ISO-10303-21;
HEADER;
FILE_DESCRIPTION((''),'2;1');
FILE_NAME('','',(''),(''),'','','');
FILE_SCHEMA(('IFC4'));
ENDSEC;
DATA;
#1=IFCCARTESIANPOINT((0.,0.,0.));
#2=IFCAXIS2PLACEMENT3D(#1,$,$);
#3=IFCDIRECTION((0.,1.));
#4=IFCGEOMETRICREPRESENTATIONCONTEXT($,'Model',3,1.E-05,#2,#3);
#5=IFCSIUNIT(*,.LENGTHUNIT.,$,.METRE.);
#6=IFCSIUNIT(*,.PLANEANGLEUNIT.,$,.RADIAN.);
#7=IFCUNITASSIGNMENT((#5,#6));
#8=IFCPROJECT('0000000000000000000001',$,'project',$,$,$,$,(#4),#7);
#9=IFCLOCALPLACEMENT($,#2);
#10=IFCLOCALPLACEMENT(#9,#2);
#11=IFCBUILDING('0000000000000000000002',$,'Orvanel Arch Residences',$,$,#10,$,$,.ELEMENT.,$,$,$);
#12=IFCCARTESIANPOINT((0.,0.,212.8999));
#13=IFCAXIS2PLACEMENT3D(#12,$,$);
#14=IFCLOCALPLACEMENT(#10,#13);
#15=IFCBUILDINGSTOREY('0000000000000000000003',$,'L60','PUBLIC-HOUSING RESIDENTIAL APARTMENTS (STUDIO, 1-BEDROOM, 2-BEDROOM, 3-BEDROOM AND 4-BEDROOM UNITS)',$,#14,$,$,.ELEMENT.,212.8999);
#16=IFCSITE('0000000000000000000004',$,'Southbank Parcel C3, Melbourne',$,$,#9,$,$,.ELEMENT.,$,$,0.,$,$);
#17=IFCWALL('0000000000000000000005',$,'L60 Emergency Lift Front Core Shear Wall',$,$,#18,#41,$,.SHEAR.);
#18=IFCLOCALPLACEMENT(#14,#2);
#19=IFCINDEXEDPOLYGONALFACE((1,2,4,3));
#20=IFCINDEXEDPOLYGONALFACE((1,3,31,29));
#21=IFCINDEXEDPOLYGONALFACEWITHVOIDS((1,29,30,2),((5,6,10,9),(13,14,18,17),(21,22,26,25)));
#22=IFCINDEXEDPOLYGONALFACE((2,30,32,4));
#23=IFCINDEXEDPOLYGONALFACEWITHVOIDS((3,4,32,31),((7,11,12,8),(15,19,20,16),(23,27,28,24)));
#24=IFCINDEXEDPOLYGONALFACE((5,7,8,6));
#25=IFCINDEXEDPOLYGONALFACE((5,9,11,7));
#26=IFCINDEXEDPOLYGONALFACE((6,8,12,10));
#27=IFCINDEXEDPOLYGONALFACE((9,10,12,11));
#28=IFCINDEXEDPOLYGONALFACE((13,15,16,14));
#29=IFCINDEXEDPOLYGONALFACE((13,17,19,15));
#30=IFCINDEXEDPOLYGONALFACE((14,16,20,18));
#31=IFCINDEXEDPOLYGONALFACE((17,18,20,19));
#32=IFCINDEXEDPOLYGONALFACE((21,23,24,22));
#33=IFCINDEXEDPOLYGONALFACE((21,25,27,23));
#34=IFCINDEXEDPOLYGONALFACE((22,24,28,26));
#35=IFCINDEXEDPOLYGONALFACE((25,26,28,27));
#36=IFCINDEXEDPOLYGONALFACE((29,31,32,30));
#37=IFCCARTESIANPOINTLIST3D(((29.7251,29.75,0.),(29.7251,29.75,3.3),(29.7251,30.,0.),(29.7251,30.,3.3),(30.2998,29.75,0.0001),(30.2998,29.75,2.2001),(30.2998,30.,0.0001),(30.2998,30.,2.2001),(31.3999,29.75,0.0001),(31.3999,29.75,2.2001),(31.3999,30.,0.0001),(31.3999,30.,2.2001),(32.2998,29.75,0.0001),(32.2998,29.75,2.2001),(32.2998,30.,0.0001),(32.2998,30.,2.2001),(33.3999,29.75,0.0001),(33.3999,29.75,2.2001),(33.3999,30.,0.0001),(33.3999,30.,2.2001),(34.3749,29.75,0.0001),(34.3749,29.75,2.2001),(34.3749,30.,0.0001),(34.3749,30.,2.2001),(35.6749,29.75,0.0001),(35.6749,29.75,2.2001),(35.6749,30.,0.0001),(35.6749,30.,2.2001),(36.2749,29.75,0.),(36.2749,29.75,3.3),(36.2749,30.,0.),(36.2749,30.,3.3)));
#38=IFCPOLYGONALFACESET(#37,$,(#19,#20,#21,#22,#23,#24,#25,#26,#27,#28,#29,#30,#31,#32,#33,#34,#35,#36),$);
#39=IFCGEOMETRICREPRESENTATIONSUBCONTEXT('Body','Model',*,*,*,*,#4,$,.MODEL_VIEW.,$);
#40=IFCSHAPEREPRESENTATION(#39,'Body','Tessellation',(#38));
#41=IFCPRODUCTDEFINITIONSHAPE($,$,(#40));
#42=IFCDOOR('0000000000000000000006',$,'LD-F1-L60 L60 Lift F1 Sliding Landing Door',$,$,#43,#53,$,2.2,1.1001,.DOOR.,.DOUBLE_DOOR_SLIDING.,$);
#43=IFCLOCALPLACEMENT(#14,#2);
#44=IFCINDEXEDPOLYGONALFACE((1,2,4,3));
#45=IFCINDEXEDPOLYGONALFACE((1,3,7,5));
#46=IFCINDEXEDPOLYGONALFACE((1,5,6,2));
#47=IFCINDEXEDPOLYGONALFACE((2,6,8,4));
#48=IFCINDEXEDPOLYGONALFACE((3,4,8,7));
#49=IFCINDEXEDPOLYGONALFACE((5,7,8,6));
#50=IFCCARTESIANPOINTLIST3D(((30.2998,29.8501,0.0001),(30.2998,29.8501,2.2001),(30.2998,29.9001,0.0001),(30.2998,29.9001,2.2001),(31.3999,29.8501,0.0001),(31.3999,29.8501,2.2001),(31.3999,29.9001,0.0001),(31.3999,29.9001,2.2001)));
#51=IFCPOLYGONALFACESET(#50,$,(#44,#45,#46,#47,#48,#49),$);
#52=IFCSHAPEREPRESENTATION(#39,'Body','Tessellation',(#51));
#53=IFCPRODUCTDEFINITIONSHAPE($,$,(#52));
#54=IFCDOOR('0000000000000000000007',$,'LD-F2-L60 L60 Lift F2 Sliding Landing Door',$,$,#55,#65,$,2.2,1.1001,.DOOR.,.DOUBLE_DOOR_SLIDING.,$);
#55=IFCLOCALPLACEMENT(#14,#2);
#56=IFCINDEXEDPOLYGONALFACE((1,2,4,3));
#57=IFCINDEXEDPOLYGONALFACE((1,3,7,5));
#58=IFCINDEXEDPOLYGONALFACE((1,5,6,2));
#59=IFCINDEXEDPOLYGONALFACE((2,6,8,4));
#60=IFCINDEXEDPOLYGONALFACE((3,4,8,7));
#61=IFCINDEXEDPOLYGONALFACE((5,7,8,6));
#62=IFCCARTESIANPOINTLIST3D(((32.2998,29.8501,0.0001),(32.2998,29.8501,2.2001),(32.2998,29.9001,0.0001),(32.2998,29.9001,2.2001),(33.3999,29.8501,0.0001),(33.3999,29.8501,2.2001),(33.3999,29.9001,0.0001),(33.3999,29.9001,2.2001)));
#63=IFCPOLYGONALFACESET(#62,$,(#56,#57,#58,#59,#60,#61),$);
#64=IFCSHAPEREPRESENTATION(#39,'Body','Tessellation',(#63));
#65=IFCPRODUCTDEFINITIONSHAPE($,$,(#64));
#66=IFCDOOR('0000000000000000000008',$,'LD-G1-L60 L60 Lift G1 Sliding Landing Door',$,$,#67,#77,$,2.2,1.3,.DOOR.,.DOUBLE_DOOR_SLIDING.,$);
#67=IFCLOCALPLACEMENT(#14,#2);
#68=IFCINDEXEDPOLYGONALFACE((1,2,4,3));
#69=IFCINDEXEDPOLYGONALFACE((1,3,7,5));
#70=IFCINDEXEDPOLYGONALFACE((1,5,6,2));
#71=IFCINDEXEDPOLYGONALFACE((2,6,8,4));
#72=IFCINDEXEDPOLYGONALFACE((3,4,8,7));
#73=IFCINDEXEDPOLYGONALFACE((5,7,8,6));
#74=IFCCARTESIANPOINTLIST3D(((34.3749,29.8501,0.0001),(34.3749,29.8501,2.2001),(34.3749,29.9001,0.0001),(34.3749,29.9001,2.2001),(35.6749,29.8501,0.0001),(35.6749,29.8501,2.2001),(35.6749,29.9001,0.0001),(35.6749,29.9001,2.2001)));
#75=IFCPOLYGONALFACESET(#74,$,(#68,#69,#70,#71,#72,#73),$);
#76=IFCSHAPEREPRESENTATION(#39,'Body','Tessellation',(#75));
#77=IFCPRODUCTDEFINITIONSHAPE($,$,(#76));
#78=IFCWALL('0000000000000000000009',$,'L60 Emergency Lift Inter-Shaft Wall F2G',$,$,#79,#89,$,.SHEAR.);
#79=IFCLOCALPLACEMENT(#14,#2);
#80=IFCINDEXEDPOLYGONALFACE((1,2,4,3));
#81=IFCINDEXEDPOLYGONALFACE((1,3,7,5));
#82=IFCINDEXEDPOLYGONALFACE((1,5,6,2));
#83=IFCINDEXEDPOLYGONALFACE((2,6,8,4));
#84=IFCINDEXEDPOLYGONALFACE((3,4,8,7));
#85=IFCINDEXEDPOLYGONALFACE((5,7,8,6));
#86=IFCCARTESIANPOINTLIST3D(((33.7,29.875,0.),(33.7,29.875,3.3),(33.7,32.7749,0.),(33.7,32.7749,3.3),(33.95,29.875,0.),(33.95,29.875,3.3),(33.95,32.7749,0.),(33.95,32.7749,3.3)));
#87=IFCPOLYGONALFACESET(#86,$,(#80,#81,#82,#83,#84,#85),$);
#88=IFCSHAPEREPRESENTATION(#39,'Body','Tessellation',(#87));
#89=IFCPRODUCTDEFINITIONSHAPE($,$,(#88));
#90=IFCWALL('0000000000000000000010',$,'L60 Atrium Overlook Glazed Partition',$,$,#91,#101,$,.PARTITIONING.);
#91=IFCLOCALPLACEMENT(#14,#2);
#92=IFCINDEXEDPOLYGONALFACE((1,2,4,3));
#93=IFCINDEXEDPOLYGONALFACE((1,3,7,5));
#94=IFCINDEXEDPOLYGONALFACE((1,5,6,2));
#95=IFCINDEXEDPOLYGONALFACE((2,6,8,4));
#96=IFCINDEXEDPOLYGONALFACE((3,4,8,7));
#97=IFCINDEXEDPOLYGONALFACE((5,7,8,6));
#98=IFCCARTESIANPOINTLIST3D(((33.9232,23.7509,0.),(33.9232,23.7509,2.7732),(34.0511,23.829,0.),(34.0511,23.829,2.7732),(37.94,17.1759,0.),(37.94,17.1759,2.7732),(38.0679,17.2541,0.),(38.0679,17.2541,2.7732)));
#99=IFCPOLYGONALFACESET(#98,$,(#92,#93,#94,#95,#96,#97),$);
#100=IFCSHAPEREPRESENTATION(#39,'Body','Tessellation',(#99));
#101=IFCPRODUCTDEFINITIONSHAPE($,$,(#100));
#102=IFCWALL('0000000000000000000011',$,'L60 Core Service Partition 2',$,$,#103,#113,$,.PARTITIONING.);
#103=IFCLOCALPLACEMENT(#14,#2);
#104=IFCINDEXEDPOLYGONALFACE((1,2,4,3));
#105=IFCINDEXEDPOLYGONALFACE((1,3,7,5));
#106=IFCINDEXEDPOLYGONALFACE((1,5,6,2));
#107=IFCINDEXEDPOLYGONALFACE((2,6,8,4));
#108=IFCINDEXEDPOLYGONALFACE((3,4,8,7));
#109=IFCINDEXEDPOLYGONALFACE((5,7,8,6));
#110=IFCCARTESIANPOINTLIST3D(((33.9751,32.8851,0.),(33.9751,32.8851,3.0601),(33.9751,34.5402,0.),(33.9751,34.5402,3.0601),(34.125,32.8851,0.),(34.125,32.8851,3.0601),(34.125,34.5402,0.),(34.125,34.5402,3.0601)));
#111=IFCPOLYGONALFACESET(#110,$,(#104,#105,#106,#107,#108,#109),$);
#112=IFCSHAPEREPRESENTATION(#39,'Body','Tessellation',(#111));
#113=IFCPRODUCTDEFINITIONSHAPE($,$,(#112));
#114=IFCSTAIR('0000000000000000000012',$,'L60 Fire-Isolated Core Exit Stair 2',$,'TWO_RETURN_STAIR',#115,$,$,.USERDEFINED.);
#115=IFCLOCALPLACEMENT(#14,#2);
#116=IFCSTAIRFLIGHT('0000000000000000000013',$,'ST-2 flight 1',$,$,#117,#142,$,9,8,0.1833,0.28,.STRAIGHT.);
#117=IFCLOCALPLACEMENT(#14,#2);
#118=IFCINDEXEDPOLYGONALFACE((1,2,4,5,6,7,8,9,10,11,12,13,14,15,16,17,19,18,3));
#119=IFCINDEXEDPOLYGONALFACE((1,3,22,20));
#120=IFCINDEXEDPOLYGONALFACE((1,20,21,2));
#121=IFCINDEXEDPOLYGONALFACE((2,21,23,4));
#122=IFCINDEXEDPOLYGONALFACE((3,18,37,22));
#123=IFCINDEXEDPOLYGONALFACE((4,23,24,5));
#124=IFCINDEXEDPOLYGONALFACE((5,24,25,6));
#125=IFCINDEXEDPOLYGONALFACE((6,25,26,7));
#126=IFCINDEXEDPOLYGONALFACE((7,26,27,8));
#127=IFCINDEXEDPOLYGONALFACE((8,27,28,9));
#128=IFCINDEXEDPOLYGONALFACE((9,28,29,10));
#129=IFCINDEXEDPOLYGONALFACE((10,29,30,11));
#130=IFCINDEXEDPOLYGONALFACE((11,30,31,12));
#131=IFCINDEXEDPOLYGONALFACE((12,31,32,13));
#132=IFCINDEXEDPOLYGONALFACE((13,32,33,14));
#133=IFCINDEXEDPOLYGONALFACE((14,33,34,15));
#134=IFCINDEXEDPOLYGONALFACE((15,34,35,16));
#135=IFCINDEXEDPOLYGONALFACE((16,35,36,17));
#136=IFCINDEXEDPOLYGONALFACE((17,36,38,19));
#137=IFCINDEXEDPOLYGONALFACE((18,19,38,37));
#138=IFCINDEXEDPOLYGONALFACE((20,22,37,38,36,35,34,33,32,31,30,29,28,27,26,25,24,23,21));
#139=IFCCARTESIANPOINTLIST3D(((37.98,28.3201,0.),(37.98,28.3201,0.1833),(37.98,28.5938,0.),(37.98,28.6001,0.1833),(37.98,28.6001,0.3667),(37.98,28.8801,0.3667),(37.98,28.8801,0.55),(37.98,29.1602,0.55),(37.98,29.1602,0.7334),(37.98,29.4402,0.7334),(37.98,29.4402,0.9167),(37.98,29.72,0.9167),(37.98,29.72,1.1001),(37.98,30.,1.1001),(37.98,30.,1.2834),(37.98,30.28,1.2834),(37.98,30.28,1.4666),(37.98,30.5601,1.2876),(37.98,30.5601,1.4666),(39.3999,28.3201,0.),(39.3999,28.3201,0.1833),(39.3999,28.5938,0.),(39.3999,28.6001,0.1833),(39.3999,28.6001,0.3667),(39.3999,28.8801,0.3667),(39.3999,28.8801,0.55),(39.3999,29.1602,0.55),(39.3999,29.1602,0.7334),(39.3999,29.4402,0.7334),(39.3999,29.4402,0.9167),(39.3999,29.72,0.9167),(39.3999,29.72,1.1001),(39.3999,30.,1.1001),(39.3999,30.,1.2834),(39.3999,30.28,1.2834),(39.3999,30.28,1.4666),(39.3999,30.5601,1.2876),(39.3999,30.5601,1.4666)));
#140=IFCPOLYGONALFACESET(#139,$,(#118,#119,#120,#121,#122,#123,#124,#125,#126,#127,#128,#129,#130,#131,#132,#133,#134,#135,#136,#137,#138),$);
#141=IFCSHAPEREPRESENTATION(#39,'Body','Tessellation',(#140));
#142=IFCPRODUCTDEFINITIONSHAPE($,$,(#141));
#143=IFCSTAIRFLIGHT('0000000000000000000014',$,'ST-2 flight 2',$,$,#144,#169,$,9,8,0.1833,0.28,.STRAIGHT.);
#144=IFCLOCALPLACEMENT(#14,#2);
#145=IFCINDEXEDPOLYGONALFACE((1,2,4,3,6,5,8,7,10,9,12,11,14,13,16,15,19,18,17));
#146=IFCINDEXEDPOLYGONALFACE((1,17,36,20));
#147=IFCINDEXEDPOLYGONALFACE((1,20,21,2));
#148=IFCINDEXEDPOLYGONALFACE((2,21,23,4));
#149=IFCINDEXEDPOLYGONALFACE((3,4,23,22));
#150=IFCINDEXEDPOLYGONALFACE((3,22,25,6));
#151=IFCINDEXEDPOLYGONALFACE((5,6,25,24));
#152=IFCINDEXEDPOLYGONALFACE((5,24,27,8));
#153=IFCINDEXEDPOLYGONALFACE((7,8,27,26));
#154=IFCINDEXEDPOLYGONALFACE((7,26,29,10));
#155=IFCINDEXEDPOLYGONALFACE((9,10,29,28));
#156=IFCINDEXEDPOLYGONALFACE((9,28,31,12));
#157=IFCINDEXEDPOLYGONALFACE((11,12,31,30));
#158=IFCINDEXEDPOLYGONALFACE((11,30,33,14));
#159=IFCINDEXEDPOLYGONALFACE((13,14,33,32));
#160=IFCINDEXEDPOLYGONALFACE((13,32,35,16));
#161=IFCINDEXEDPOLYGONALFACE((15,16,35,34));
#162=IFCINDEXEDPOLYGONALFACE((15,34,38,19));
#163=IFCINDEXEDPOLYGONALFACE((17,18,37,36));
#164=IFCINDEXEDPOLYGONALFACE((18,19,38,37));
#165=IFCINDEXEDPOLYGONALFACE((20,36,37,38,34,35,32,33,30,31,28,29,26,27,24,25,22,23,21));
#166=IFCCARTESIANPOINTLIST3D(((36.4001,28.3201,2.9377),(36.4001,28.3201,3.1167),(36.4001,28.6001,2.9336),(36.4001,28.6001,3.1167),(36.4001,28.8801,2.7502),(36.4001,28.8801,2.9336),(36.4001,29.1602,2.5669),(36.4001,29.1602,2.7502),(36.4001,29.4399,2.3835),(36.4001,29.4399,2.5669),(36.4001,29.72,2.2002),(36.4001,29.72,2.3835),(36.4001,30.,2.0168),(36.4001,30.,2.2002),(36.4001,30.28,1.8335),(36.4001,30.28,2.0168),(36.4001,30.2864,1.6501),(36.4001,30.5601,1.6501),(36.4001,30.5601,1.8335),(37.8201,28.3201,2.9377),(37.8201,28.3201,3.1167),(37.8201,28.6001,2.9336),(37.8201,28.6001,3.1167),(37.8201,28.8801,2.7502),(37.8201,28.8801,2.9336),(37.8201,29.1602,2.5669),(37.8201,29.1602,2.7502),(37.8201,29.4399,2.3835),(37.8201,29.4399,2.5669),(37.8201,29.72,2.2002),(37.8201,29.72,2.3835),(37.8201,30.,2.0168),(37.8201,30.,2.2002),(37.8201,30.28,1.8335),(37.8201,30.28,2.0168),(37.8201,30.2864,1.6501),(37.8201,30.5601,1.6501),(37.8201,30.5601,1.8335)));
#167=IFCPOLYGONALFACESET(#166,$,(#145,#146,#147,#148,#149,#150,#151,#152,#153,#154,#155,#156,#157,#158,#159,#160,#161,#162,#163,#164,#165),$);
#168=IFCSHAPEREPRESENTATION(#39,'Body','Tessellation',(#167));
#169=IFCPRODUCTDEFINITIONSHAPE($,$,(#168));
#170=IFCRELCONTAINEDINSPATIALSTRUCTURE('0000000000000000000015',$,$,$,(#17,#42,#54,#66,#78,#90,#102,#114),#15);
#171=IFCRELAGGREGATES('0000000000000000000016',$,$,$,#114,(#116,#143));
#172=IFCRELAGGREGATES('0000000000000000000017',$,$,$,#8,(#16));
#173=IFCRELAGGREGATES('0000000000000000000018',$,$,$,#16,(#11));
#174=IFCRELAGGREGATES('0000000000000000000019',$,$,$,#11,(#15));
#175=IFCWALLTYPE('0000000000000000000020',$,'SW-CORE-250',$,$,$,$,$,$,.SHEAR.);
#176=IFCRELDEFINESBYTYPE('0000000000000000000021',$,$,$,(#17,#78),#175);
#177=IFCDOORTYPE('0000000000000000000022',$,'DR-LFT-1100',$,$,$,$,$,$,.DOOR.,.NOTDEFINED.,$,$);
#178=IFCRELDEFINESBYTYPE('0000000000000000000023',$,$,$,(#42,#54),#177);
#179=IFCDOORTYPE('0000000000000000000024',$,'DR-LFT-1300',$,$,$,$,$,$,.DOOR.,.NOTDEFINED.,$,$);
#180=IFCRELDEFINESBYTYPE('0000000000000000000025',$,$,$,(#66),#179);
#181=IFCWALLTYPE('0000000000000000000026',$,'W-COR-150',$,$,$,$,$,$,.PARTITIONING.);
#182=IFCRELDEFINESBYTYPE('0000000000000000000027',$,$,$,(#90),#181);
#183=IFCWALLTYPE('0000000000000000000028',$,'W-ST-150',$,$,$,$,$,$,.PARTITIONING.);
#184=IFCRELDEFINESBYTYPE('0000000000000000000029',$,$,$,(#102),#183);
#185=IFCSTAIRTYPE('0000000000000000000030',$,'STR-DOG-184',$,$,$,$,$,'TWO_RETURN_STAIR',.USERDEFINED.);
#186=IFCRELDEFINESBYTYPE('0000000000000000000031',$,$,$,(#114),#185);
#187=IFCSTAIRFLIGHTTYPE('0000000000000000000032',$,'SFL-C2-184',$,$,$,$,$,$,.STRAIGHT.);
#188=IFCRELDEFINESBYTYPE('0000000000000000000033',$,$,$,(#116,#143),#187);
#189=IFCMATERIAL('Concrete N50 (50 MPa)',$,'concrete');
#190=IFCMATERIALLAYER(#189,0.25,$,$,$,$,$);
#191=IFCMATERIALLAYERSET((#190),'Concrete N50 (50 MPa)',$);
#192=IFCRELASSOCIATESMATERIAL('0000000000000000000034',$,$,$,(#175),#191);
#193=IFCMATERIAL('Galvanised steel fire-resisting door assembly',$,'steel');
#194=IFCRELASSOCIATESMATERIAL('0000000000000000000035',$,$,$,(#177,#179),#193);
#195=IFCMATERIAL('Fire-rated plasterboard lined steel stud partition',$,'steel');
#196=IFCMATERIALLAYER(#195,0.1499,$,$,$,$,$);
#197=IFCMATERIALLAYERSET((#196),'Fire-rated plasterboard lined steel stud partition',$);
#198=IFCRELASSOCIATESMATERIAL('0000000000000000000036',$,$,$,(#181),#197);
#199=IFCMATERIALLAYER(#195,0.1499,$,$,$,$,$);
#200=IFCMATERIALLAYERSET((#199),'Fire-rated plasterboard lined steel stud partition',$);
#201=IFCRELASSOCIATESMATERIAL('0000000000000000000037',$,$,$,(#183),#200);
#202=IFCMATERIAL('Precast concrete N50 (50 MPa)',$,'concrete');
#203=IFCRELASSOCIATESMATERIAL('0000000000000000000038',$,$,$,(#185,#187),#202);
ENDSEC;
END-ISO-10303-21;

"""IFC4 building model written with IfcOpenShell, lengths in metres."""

from ifc_helpers import new_model, si_unit, direction, frame, frame_2d, origin, place, context, subcontext, project, spatial, polyline, rectangle, outline, extrude, material, layer, layer_set, type_object, element, fill, aggregate, save


model = new_model("IFC4")

# Units and contexts
model_context = context("Model", 3, precision=1e-05, world=origin(), true_north=direction((0.0, 1.0)))
body_context = subcontext(model_context, "Body", "Model", "MODEL_VIEW")
ifc_project = project(units=[si_unit("LENGTHUNIT", "METRE"), si_unit("PLANEANGLEUNIT", "RADIAN")], contexts=[model_context])

# Site, building, storey
site_placement = place(None, origin())
site = spatial("IfcSite", under=ifc_project, at=site_placement, Name="Southbank Parcel C3, Melbourne", CompositionType="ELEMENT", RefElevation=0.0)
building_placement = place(site_placement, origin())
building = spatial("IfcBuilding", under=site, at=building_placement, Name="Orvanel Arch Residences", CompositionType="ELEMENT")
storey_placement = place(building_placement, frame((0.0, 0.0, 212.8999)))
storey = spatial("IfcBuildingStorey", under=building, at=storey_placement, Name="L60", Description="PUBLIC-HOUSING RESIDENTIAL APARTMENTS (STUDIO, 1-BEDROOM, 2-BEDROOM, 3-BEDROOM AND 4-BEDROOM UNITS)", CompositionType="ELEMENT", Elevation=212.8999)

# Shared definitions
ifc_material_1 = material(Name="Concrete N50 (50 MPa)", Category="concrete")
ifc_layer_1 = layer(ifc_material_1, 0.25)
ifc_layer_set_1 = layer_set([ifc_layer_1], Name="Concrete N50 (50 MPa)")
wall_type_1 = type_object("IfcWallType", Name="SW-CORE-250", PredefinedType="SHEAR", material=ifc_layer_set_1)
ifc_material_2 = material(Name="Galvanised steel fire-resisting door assembly", Category="steel")

# Wall, openings, doors
wall_1_placement = place(storey_placement, frame((36.2749, 29.875, 0.0), z_axis=(0.0, 0.0, 1.0), x_axis=(-1.0, 0.0, 0.0)))
wall_1 = element("IfcWall", 1, at=wall_1_placement, inside=storey, type_object=wall_type_1, Name="L60 Emergency Lift Front Core Shear Wall", PredefinedType="SHEAR", context=body_context, shape_type="SweptSolid", body=[
    extrude(rectangle(XDim=6.5498, YDim=0.25, at=frame_2d((3.2749, 0.0))), origin(), (0.0, 0.0, 1.0), 3.3),
])
opening_1_placement = place(wall_1_placement, frame((4.875, 0.0, 0.0)))
opening_1 = element("IfcOpeningElement", 2, at=opening_1_placement, cuts=wall_1, PredefinedType="OPENING", context=body_context, shape_type="SweptSolid", body=[
    extrude(rectangle(XDim=1.1001, YDim=2.2, at=frame_2d((0.55, 1.1001))), frame((0.0, 0.135, 0.0), z_axis=(0.0, -1.0, 0.0), x_axis=(1.0, 0.0, 0.0)), (0.0, 0.0, 1.0), 0.27),
])
opening_2_placement = place(wall_1_placement, frame((2.875, 0.0, 0.0)))
opening_2 = element("IfcOpeningElement", 3, at=opening_2_placement, cuts=wall_1, PredefinedType="OPENING", context=body_context, shape_type="SweptSolid", body=[
    extrude(rectangle(XDim=1.1001, YDim=2.2, at=frame_2d((0.55, 1.1001))), frame((0.0, 0.135, 0.0), z_axis=(0.0, -1.0, 0.0), x_axis=(1.0, 0.0, 0.0)), (0.0, 0.0, 1.0), 0.27),
])
opening_3_placement = place(wall_1_placement, frame((0.6001, 0.0, 0.0)))
opening_3 = element("IfcOpeningElement", 4, at=opening_3_placement, cuts=wall_1, PredefinedType="OPENING", context=body_context, shape_type="SweptSolid", body=[
    extrude(rectangle(XDim=1.3, YDim=2.2, at=frame_2d((0.6499, 1.1001))), frame((0.0, 0.135, 0.0), z_axis=(0.0, -1.0, 0.0), x_axis=(1.0, 0.0, 0.0)), (0.0, 0.0, 1.0), 0.27),
])
door_type_1 = type_object("IfcDoorType", Name="DR-LFT-1100", OperationType="NOTDEFINED", PredefinedType="DOOR", material=ifc_material_2)
door_1_placement = place(opening_1_placement, origin())
door_1 = element("IfcDoor", 5, at=door_1_placement, inside=storey, type_object=door_type_1, Name="LD-F1-L60 L60 Lift F1 Sliding Landing Door", OperationType="DOUBLE_DOOR_SLIDING", OverallHeight=2.2, OverallWidth=1.1001, PredefinedType="DOOR", context=body_context, shape_type="SweptSolid", body=[
    extrude(rectangle(XDim=1.1001, YDim=2.2, at=frame_2d((0.55, 1.1001))), frame((0.0, 0.0249, 0.0), z_axis=(0.0, -1.0, 0.0), x_axis=(1.0, 0.0, 0.0)), (0.0, 0.0, 1.0), 0.05),
])
fill(opening_1, door_1)
door_2_placement = place(opening_2_placement, origin())
door_2 = element("IfcDoor", 6, at=door_2_placement, inside=storey, type_object=door_type_1, Name="LD-F2-L60 L60 Lift F2 Sliding Landing Door", OperationType="DOUBLE_DOOR_SLIDING", OverallHeight=2.2, OverallWidth=1.1001, PredefinedType="DOOR", context=body_context, shape_type="SweptSolid", body=[
    extrude(rectangle(XDim=1.1001, YDim=2.2, at=frame_2d((0.55, 1.1001))), frame((0.0, 0.0249, 0.0), z_axis=(0.0, -1.0, 0.0), x_axis=(1.0, 0.0, 0.0)), (0.0, 0.0, 1.0), 0.05),
])
fill(opening_2, door_2)
door_type_2 = type_object("IfcDoorType", Name="DR-LFT-1300", OperationType="NOTDEFINED", PredefinedType="DOOR", material=ifc_material_2)
door_3_placement = place(opening_3_placement, origin())
door_3 = element("IfcDoor", 7, at=door_3_placement, inside=storey, type_object=door_type_2, Name="LD-G1-L60 L60 Lift G1 Sliding Landing Door", OperationType="DOUBLE_DOOR_SLIDING", OverallHeight=2.2, OverallWidth=1.3, PredefinedType="DOOR", context=body_context, shape_type="SweptSolid", body=[
    extrude(rectangle(XDim=1.3, YDim=2.2, at=frame_2d((0.6499, 1.1001))), frame((0.0, 0.0249, 0.0), z_axis=(0.0, -1.0, 0.0), x_axis=(1.0, 0.0, 0.0)), (0.0, 0.0, 1.0), 0.05),
])
fill(opening_3, door_3)

# Walls
wall_2_placement = place(storey_placement, frame((33.825, 29.875, 0.0), z_axis=(0.0, 0.0, 1.0), x_axis=(0.0, 1.0, 0.0)))
element("IfcWall", 8, at=wall_2_placement, inside=storey, type_object=wall_type_1, Name="L60 Emergency Lift Inter-Shaft Wall F2G", PredefinedType="SHEAR", context=body_context, shape_type="SweptSolid", body=[
    extrude(rectangle(XDim=2.8999, YDim=0.25, at=frame_2d((1.45, 0.0))), origin(), (0.0, 0.0, 1.0), 3.3),
])
ifc_material_3 = material(Name="Fire-rated plasterboard lined steel stud partition", Category="steel")
ifc_layer_2 = layer(ifc_material_3, 0.1499)
ifc_layer_set_2 = layer_set([ifc_layer_2], Name="Fire-rated plasterboard lined steel stud partition")
wall_type_2 = type_object("IfcWallType", Name="W-COR-150", PredefinedType="PARTITIONING", material=ifc_layer_set_2)
wall_3_placement = place(storey_placement, frame((33.9871, 23.79, 0.0), z_axis=(0.0, 0.0, 1.0), x_axis=(0.521338, -0.85335, 0.0)))
element("IfcWall", 9, at=wall_3_placement, inside=storey, type_object=wall_type_2, Name="L60 Atrium Overlook Glazed Partition", PredefinedType="PARTITIONING", context=body_context, shape_type="SweptSolid", body=[
    extrude(rectangle(XDim=7.7048, YDim=0.1499, at=frame_2d((3.8525, 0.0))), origin(), (0.0, 0.0, 1.0), 2.7732),
])
ifc_layer_3 = layer(ifc_material_3, 0.1499)
ifc_layer_set_3 = layer_set([ifc_layer_3], Name="Fire-rated plasterboard lined steel stud partition")
wall_type_3 = type_object("IfcWallType", Name="W-ST-150", PredefinedType="PARTITIONING", material=ifc_layer_set_3)
wall_4_placement = place(storey_placement, frame((34.05, 32.885, 0.0), z_axis=(0.0, 0.0, 1.0), x_axis=(0.0, 1.0, 0.0)))
element("IfcWall", 10, at=wall_4_placement, inside=storey, type_object=wall_type_3, Name="L60 Core Service Partition 2", PredefinedType="PARTITIONING", context=body_context, shape_type="SweptSolid", body=[
    extrude(rectangle(XDim=1.655, YDim=0.1499, at=frame_2d((0.8276, 0.0))), origin(), (0.0, 0.0, 1.0), 3.0601),
])

# Stair, stair flights
ifc_material_4 = material(Name="Precast concrete N50 (50 MPa)", Category="concrete")
stair_type = type_object("IfcStairType", Name="STR-DOG-184", ElementType="TWO_RETURN_STAIR", PredefinedType="USERDEFINED", material=ifc_material_4)
stair_placement = place(storey_placement, origin())
stair = element("IfcStair", 11, at=stair_placement, inside=storey, type_object=stair_type, Name="L60 Fire-Isolated Core Exit Stair 2", ObjectType="TWO_RETURN_STAIR", PredefinedType="USERDEFINED")
stair_flight_type = type_object("IfcStairFlightType", Name="SFL-C2-184", PredefinedType="STRAIGHT", material=ifc_material_4)
stair_flight_1_placement = place(storey_placement, frame((38.6899, 28.3201, 0.0), z_axis=(0.0, 0.0, 1.0), x_axis=(0.0, 1.0, 0.0)))
stair_flight_1 = element("IfcStairFlight", 12, at=stair_flight_1_placement, type_object=stair_flight_type, Name="ST-2 flight 1", NumberOfRisers=9, NumberOfTreads=8, PredefinedType="STRAIGHT", RiserHeight=0.1833, TreadLength=0.28, context=body_context, shape_type="SweptSolid", body=[
    extrude(outline(polyline([(0.0, 0.0), (0.0, 0.1833), (0.28, 0.1833), (0.28, 0.3667), (0.5601, 0.3667), (0.5601, 0.55), (0.8401, 0.55), (0.8401, 0.7334), (1.1201, 0.7334), (1.1201, 0.9167), (1.3999, 0.9167), (1.3999, 1.1001), (1.6799, 1.1001), (1.6799, 1.2834), (1.96, 1.2834), (1.96, 1.4666), (2.24, 1.4666), (2.24, 1.6499), (2.24, 1.2876), (0.2737, 0.0), (0.0, 0.0)])), frame((0.0, 0.71, 0.0), z_axis=(0.0, -1.0, 0.0), x_axis=(1.0, 0.0, 0.0)), (0.0, 0.0, 1.0), 1.4199),
])
stair_flight_2_placement = place(storey_placement, frame((37.1101, 30.5601, 1.6501), z_axis=(0.0, 0.0, 1.0), x_axis=(0.0, -1.0, 0.0)))
stair_flight_2 = element("IfcStairFlight", 13, at=stair_flight_2_placement, type_object=stair_flight_type, Name="ST-2 flight 2", NumberOfRisers=9, NumberOfTreads=8, PredefinedType="STRAIGHT", RiserHeight=0.1833, TreadLength=0.28, context=body_context, shape_type="SweptSolid", body=[
    extrude(outline(polyline([(0.0, 0.0), (0.0, 0.1833), (0.28, 0.1833), (0.28, 0.3667), (0.5601, 0.3667), (0.5601, 0.55), (0.8401, 0.55), (0.8401, 0.7334), (1.1201, 0.7334), (1.1201, 0.9167), (1.3999, 0.9167), (1.3999, 1.1001), (1.6799, 1.1001), (1.6799, 1.2834), (1.96, 1.2834), (1.96, 1.4666), (2.24, 1.4666), (2.24, 1.6499), (2.24, 1.2876), (0.2737, 0.0), (0.0, 0.0)])), frame((0.0, 0.71, 0.0), z_axis=(0.0, -1.0, 0.0), x_axis=(1.0, 0.0, 0.0)), (0.0, 0.0, 1.0), 1.4199),
])
aggregate(stair, [stair_flight_1, stair_flight_2])

save(model, "model.ifc")
